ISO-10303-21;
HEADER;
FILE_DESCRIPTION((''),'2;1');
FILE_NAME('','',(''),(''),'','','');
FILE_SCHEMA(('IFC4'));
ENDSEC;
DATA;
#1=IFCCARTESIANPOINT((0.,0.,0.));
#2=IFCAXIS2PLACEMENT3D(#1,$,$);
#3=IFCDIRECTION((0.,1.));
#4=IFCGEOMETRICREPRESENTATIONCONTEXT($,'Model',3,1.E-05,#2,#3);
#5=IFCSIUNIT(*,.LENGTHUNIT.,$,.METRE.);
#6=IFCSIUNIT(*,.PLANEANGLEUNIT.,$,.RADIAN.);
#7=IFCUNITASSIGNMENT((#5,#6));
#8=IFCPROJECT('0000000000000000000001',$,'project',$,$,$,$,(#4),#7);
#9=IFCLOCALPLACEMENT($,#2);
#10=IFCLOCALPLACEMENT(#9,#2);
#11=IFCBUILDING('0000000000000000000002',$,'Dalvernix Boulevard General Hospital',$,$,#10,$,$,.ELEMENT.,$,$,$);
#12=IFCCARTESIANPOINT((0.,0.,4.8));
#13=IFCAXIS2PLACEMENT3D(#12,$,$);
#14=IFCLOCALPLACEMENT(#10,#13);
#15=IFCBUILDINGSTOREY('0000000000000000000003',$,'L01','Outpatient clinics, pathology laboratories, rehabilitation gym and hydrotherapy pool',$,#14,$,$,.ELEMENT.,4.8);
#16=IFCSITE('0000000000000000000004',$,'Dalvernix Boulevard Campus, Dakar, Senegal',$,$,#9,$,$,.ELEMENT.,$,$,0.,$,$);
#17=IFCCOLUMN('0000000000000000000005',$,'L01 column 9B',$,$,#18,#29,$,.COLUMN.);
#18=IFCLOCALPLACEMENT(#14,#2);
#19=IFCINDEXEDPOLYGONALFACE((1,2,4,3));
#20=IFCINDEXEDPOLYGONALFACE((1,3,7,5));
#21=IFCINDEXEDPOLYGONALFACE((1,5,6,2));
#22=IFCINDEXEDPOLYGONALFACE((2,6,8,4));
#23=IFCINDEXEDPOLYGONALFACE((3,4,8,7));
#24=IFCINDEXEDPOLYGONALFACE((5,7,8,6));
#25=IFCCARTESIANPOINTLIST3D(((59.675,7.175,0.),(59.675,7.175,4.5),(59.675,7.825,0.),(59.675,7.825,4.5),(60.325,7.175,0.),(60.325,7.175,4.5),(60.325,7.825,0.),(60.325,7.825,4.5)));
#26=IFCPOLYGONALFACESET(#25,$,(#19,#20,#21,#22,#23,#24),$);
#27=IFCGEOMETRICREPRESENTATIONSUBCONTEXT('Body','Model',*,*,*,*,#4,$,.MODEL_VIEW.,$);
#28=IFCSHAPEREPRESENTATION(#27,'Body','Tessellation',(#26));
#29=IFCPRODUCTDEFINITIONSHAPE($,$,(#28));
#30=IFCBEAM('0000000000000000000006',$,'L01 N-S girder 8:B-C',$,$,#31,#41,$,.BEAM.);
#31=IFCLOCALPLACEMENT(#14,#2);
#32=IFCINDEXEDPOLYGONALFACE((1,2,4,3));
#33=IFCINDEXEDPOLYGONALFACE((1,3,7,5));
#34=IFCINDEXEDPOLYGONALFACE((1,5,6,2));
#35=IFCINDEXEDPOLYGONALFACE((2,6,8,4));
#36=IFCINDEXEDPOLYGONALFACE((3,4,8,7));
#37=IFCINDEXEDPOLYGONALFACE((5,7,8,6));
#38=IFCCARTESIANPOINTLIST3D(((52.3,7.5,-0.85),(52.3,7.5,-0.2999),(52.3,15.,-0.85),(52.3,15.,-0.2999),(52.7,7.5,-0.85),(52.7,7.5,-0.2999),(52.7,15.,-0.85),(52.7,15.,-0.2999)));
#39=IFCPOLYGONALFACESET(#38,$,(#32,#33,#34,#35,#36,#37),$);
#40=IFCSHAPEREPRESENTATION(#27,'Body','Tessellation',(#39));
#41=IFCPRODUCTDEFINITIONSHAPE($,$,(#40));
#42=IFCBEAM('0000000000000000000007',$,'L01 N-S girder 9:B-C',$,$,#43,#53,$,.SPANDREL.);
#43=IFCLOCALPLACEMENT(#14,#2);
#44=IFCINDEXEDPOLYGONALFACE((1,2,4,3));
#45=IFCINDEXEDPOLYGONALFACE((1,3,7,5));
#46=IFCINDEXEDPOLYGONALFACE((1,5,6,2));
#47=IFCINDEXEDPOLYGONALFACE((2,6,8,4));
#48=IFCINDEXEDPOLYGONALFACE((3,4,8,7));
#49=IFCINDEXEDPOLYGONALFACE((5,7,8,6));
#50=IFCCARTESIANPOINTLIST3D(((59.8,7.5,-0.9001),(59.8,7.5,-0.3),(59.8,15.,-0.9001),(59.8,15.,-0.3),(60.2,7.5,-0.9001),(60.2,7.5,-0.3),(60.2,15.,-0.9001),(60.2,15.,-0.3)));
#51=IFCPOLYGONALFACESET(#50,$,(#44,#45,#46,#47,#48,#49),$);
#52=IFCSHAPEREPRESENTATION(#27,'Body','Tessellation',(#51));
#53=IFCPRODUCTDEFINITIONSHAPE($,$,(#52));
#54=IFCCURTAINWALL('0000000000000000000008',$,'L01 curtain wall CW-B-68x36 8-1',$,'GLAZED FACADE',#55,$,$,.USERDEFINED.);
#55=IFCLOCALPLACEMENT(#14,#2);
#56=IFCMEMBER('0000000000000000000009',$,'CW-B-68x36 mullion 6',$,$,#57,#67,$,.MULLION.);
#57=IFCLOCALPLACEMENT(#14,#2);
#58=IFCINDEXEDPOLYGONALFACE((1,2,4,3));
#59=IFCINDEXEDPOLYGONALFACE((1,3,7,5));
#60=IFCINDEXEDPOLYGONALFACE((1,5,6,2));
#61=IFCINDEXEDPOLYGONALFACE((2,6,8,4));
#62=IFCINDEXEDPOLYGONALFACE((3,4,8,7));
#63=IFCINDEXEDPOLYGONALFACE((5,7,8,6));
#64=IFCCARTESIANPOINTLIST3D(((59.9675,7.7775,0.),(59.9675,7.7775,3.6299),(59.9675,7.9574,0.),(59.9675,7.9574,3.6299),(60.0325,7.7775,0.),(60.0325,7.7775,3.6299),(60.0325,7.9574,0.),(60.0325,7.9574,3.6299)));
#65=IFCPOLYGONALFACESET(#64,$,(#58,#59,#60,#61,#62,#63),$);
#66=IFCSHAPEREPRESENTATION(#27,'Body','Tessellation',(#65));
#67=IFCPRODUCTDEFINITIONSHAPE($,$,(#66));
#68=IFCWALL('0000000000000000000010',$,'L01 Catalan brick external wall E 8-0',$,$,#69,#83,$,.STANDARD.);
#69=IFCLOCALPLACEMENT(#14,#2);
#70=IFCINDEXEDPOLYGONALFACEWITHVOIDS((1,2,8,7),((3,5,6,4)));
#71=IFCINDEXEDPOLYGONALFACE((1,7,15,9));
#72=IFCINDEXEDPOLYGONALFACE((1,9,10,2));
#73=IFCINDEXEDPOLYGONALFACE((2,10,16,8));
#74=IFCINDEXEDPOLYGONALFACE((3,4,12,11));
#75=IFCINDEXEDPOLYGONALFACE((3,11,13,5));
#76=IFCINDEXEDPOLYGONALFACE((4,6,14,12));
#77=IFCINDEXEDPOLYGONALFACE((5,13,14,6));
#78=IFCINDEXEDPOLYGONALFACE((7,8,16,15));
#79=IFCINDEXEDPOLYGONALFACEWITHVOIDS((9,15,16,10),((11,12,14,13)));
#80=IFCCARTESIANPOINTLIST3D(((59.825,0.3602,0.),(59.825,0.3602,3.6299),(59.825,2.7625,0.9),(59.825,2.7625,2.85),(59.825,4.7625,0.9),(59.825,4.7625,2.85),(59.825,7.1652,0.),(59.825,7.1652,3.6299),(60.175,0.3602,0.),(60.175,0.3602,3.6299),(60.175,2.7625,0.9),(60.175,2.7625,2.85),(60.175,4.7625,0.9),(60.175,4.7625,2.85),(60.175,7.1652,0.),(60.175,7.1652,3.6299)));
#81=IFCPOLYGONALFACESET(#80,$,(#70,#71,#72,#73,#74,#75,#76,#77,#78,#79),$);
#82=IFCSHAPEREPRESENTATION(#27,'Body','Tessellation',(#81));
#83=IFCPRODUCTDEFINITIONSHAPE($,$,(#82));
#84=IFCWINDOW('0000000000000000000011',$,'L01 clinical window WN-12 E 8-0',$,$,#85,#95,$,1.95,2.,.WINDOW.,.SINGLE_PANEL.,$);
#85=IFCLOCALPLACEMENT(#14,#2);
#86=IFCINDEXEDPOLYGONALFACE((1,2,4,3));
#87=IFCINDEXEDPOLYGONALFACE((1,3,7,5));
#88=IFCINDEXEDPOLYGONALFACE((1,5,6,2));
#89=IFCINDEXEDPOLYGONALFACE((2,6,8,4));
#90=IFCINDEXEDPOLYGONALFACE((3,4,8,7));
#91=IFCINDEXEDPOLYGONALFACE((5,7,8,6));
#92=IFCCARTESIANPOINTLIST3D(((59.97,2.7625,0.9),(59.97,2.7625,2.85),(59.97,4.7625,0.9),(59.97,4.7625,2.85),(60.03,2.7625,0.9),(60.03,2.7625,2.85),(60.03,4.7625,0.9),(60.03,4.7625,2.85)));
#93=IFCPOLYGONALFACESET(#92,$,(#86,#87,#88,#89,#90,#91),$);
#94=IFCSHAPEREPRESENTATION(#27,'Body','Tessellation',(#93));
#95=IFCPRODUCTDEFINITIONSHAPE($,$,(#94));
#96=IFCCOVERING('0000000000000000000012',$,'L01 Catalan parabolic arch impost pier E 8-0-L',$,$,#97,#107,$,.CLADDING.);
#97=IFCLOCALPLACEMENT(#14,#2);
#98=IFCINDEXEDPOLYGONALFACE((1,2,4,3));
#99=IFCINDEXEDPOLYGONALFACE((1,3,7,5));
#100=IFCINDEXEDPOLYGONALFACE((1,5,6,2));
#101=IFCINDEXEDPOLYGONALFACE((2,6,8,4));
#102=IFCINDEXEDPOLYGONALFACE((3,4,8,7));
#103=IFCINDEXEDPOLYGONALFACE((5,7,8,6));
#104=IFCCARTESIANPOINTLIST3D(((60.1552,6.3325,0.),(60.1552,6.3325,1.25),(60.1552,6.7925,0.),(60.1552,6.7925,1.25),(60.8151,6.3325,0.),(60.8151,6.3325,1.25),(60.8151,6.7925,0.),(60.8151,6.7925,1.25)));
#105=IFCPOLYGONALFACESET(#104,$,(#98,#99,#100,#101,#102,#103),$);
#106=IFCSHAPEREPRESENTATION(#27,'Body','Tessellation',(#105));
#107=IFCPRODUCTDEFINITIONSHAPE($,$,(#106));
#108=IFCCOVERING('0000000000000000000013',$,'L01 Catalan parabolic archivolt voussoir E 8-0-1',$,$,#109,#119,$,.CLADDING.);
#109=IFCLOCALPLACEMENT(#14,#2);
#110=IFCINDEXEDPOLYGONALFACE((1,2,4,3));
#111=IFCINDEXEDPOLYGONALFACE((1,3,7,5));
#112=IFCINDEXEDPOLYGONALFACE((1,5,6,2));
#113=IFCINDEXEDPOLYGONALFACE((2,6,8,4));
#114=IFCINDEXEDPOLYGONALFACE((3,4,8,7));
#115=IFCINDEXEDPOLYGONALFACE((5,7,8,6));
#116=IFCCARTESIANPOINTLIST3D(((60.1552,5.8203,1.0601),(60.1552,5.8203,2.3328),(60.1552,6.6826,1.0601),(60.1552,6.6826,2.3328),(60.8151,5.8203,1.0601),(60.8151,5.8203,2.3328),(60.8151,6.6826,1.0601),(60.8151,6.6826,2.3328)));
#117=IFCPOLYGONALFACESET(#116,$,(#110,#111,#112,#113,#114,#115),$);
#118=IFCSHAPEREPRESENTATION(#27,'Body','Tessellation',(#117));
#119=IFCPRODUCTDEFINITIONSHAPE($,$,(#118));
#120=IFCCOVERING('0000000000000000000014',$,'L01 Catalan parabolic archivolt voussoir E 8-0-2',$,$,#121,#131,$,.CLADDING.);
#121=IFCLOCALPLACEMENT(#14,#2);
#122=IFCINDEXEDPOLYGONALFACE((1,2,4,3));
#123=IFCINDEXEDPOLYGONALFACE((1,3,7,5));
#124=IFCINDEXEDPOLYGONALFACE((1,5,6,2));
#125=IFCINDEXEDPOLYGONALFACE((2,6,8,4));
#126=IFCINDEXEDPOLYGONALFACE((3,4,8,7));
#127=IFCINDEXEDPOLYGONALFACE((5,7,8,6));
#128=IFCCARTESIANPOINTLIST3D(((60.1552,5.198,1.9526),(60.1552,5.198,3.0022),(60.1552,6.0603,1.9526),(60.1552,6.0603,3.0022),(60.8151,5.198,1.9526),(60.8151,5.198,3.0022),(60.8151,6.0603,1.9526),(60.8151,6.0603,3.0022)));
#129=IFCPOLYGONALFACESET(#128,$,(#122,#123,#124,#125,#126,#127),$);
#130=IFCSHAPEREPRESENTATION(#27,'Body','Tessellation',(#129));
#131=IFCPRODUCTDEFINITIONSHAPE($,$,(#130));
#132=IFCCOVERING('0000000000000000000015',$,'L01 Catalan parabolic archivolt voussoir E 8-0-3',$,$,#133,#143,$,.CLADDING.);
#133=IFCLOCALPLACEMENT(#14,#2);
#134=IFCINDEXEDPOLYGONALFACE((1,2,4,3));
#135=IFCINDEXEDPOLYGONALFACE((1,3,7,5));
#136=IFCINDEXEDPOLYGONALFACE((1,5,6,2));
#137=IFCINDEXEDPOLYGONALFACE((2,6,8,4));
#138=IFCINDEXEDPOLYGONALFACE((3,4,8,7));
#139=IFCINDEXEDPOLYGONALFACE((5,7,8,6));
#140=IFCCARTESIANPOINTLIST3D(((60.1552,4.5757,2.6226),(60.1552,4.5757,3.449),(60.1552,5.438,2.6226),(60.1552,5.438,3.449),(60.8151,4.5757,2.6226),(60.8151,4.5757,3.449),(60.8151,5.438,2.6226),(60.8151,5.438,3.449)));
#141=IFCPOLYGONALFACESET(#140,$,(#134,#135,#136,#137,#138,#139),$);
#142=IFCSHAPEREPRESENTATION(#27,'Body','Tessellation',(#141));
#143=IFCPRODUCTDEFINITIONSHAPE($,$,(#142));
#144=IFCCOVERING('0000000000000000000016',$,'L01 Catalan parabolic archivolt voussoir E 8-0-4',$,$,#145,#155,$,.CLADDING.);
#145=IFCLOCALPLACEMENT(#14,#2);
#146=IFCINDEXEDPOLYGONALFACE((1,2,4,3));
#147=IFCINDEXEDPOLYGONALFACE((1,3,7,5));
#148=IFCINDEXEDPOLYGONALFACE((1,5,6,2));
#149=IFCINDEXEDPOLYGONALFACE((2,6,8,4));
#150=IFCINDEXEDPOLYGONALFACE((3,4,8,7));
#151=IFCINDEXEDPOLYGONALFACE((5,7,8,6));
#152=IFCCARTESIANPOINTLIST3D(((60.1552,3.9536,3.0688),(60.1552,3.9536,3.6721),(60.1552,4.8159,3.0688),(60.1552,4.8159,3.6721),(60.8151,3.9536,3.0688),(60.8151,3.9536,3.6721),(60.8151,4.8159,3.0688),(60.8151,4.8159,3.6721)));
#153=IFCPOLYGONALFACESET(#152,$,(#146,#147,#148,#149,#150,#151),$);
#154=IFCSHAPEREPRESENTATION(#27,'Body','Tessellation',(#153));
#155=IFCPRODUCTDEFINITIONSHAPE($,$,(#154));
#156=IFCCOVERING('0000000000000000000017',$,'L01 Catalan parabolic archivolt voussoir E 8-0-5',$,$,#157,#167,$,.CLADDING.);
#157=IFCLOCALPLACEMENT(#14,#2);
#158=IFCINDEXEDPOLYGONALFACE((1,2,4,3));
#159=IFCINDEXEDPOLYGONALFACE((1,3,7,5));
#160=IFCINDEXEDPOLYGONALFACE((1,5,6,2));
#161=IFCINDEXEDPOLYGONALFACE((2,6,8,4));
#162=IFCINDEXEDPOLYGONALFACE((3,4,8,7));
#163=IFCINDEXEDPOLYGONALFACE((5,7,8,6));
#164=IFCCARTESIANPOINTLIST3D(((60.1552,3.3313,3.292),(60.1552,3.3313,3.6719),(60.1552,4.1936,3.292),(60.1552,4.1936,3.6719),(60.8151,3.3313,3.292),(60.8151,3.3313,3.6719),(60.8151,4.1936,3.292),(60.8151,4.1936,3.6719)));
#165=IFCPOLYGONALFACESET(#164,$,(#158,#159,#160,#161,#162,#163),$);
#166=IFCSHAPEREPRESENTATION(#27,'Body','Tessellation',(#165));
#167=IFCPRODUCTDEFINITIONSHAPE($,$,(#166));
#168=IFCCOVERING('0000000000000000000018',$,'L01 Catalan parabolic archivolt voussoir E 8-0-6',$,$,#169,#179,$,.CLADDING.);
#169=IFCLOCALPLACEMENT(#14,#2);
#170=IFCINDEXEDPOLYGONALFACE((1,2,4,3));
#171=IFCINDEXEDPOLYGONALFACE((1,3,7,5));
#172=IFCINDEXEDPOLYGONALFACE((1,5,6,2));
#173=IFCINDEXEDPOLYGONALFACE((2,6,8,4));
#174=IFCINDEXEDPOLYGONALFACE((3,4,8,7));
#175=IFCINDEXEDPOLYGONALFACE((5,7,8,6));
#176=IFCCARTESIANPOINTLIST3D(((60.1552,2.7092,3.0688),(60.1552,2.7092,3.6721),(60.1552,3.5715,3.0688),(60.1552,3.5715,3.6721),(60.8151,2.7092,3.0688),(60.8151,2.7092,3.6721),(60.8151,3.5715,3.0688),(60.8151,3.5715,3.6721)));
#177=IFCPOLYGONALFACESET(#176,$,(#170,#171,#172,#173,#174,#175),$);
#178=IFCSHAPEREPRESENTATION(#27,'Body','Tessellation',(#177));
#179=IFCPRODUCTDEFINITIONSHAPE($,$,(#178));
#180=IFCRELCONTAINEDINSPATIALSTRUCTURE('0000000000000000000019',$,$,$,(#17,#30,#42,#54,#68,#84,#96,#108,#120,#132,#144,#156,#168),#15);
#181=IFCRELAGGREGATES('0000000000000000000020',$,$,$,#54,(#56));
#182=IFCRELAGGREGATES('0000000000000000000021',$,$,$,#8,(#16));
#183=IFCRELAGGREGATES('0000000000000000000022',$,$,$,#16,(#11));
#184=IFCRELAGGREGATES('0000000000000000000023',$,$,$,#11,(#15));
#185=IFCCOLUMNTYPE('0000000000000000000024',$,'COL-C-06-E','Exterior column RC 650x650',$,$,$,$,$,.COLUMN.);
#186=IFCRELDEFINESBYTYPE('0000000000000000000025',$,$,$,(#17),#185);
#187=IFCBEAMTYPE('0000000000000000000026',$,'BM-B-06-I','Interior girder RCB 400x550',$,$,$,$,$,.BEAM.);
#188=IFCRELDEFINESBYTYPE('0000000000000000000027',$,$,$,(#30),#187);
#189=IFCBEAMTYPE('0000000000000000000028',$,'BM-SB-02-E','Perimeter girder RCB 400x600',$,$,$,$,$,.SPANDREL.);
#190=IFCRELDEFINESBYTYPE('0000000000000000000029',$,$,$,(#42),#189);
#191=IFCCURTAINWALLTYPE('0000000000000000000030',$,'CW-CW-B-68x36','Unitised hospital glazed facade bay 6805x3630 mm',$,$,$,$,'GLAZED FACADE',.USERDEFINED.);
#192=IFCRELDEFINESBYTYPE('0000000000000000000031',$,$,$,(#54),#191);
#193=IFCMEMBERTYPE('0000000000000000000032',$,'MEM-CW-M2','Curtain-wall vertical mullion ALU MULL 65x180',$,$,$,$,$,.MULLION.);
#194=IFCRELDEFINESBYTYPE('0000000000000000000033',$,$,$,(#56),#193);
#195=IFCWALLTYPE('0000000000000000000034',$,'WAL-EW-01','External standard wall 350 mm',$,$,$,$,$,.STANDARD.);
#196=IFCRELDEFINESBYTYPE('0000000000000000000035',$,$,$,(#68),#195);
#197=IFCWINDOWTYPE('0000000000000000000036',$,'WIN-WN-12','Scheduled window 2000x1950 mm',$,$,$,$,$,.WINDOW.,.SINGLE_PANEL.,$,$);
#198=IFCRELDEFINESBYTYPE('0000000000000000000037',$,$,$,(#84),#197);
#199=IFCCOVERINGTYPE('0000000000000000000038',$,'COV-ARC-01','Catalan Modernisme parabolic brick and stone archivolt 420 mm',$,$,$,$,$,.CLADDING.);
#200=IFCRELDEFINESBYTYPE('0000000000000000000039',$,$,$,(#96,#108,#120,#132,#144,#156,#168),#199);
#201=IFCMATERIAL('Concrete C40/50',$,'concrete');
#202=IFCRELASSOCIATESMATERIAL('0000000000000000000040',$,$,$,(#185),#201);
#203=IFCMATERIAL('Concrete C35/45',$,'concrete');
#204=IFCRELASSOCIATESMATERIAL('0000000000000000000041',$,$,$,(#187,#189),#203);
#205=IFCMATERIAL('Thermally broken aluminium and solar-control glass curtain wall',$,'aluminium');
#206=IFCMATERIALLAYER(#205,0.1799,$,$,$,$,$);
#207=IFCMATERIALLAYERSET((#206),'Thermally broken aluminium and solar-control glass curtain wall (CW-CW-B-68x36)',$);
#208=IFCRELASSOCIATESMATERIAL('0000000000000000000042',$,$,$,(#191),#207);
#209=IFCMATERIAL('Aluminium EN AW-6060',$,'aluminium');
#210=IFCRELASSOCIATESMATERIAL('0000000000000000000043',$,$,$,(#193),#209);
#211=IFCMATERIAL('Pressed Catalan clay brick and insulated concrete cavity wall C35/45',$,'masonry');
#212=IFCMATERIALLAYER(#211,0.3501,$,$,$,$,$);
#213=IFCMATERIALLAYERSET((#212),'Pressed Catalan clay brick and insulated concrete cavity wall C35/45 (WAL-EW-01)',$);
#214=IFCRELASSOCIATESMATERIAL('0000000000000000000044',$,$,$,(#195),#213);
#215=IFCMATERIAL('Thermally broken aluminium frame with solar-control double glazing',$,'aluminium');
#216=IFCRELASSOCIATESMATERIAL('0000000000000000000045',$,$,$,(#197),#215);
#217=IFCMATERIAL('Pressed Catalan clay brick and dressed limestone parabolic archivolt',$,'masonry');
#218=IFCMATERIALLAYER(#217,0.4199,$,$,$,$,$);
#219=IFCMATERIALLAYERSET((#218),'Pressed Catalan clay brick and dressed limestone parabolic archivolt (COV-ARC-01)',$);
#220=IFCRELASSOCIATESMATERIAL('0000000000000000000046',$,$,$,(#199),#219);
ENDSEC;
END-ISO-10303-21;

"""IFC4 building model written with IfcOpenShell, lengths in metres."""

from ifc_helpers import new_model, si_unit, direction, frame, frame_2d, origin, origin_2d, place, context, subcontext, project, spatial, rectangle, extrude, material, layer, layer_set, material_profile, profile_set, type_object, element, fill, aggregate, save


model = new_model("IFC4")

# Units and contexts
model_context = context("Model", 3, precision=1e-05, world=origin(), true_north=direction((0.0, 1.0)))
body_context = subcontext(model_context, "Body", "Model", "MODEL_VIEW")
ifc_project = project(units=[si_unit("LENGTHUNIT", "METRE"), si_unit("PLANEANGLEUNIT", "RADIAN")], contexts=[model_context])

# Site, building, storey
site_placement = place(None, origin())
site = spatial("IfcSite", under=ifc_project, at=site_placement, Name="Dalvernix Boulevard Campus, Dakar, Senegal", CompositionType="ELEMENT", RefElevation=0.0)
building_placement = place(site_placement, origin())
building = spatial("IfcBuilding", under=site, at=building_placement, Name="Dalvernix Boulevard General Hospital", CompositionType="ELEMENT")
storey_placement = place(building_placement, frame((0.0, 0.0, 4.8)))
storey = spatial("IfcBuildingStorey", under=building, at=storey_placement, Name="L01", Description="Outpatient clinics, pathology laboratories, rehabilitation gym and hydrotherapy pool", CompositionType="ELEMENT", Elevation=4.8)

# Column
ifc_material_1 = material(Name="Concrete C40/50", Category="concrete")
ifc_material_profile_1 = material_profile(ifc_material_1, rectangle(XDim=0.6499, YDim=0.6499, at=origin_2d()), Name="RC 650x650")
ifc_profile_set_1 = profile_set([ifc_material_profile_1], Name="Concrete C40/50")
column_type = type_object("IfcColumnType", Name="COL-C-06-E", Description="Exterior column RC 650x650", PredefinedType="COLUMN", material=ifc_profile_set_1)
column_placement = place(storey_placement, frame((60.0, 7.5, 0.0), z_axis=(0.0, 0.0, 1.0), x_axis=(1.0, 0.0, 0.0)))
element("IfcColumn", 1, at=column_placement, inside=storey, type_object=column_type, Name="L01 column 9B", PredefinedType="COLUMN", context=body_context, shape_type="SweptSolid", body=[
    extrude(rectangle(XDim=0.6499, YDim=0.6499, at=origin_2d()), origin(), (0.0, 0.0, 1.0), 4.5),
])

# Beams
ifc_material_2 = material(Name="Concrete C35/45", Category="concrete")
ifc_material_profile_2 = material_profile(ifc_material_2, rectangle(XDim=0.3999, YDim=0.55, at=origin_2d()), Name="RCB 400x550")
ifc_profile_set_2 = profile_set([ifc_material_profile_2], Name="Concrete C35/45")
beam_type_1 = type_object("IfcBeamType", Name="BM-B-06-I", Description="Interior girder RCB 400x550", PredefinedType="BEAM", material=ifc_profile_set_2)
beam_1_placement = place(storey_placement, frame((52.5, 7.5, -0.575), z_axis=(0.0, 1.0, 0.0), x_axis=(-1.0, 0.0, 0.0)))
element("IfcBeam", 2, at=beam_1_placement, inside=storey, type_object=beam_type_1, Name="L01 N-S girder 8:B-C", PredefinedType="BEAM", context=body_context, shape_type="SweptSolid", body=[
    extrude(rectangle(XDim=0.3999, YDim=0.55, at=origin_2d()), origin(), (0.0, 0.0, 1.0), 7.5),
])
ifc_material_profile_3 = material_profile(ifc_material_2, rectangle(XDim=0.3999, YDim=0.6001, at=origin_2d()), Name="RCB 400x600")
ifc_profile_set_3 = profile_set([ifc_material_profile_3], Name="Concrete C35/45")
beam_type_2 = type_object("IfcBeamType", Name="BM-SB-02-E", Description="Perimeter girder RCB 400x600", PredefinedType="SPANDREL", material=ifc_profile_set_3)
beam_2_placement = place(storey_placement, frame((60.0, 7.5, -0.6001), z_axis=(0.0, 1.0, 0.0), x_axis=(-1.0, 0.0, 0.0)))
element("IfcBeam", 3, at=beam_2_placement, inside=storey, type_object=beam_type_2, Name="L01 N-S girder 9:B-C", PredefinedType="SPANDREL", context=body_context, shape_type="SweptSolid", body=[
    extrude(rectangle(XDim=0.3999, YDim=0.6001, at=origin_2d()), origin(), (0.0, 0.0, 1.0), 7.5),
])

# Curtain wall, member
ifc_material_3 = material(Name="Thermally broken aluminium and solar-control glass curtain wall", Category="aluminium")
ifc_layer_1 = layer(ifc_material_3, 0.1799)
ifc_layer_set_1 = layer_set([ifc_layer_1], Name="Thermally broken aluminium and solar-control glass curtain wall (CW-CW-B-68x36)")
curtain_wall_type = type_object("IfcCurtainWallType", Name="CW-CW-B-68x36", Description="Unitised hospital glazed facade bay 6805x3630 mm", ElementType="GLAZED FACADE", PredefinedType="USERDEFINED", material=ifc_layer_set_1)
curtain_wall_placement = place(storey_placement, origin())
curtain_wall = element("IfcCurtainWall", 4, at=curtain_wall_placement, inside=storey, type_object=curtain_wall_type, Name="L01 curtain wall CW-B-68x36 8-1", ObjectType="GLAZED FACADE", PredefinedType="USERDEFINED")
ifc_material_4 = material(Name="Aluminium EN AW-6060", Category="aluminium")
ifc_material_profile_4 = material_profile(ifc_material_4, rectangle(XDim=0.0649, YDim=0.1799, at=origin_2d()), Name="ALU MULL 65x180")
ifc_profile_set_4 = profile_set([ifc_material_profile_4], Name="Aluminium EN AW-6060")
member_type = type_object("IfcMemberType", Name="MEM-CW-M2", Description="Curtain-wall vertical mullion ALU MULL 65x180", PredefinedType="MULLION", material=ifc_profile_set_4)
member_placement = place(storey_placement, frame((60.0, 7.8674, 0.0), z_axis=(0.0, 0.0, 1.0), x_axis=(1.0, 0.0, 0.0)))
member = element("IfcMember", 5, at=member_placement, type_object=member_type, Name="CW-B-68x36 mullion 6", PredefinedType="MULLION", context=body_context, shape_type="SweptSolid", body=[
    extrude(rectangle(XDim=0.0649, YDim=0.1799, at=origin_2d()), origin(), (0.0, 0.0, 1.0), 3.6299),
])
aggregate(curtain_wall, [member])

# Wall, opening, window
ifc_material_5 = material(Name="Pressed Catalan clay brick and insulated concrete cavity wall C35/45", Category="masonry")
ifc_layer_2 = layer(ifc_material_5, 0.3501)
ifc_layer_set_2 = layer_set([ifc_layer_2], Name="Pressed Catalan clay brick and insulated concrete cavity wall C35/45 (WAL-EW-01)")
wall_type = type_object("IfcWallType", Name="WAL-EW-01", Description="External standard wall 350 mm", PredefinedType="STANDARD", material=ifc_layer_set_2)
wall_placement = place(storey_placement, frame((60.0, 7.165, 0.0), z_axis=(0.0, 0.0, 1.0), x_axis=(0.0, -1.0, 0.0)))
wall = element("IfcWall", 6, at=wall_placement, inside=storey, type_object=wall_type, Name="L01 Catalan brick external wall E 8-0", PredefinedType="STANDARD", context=body_context, shape_type="SweptSolid", body=[
    extrude(rectangle(XDim=6.8049, YDim=0.3501, at=frame_2d((3.4023, 0.0))), origin(), (0.0, 0.0, 1.0), 3.6299),
])
opening_placement = place(wall_placement, frame((2.4026, 0.0, 0.8999)))
opening = element("IfcOpeningElement", 7, at=opening_placement, cuts=wall, PredefinedType="OPENING", context=body_context, shape_type="SweptSolid", body=[
    extrude(rectangle(XDim=2.0, YDim=1.95, at=frame_2d((1.0, 0.9751))), frame((0.0, 0.1851, 0.0), z_axis=(0.0, -1.0, 0.0), x_axis=(1.0, 0.0, 0.0)), (0.0, 0.0, 1.0), 0.3701),
])
ifc_material_6 = material(Name="Thermally broken aluminium frame with solar-control double glazing", Category="aluminium")
window_type = type_object("IfcWindowType", Name="WIN-WN-12", Description="Scheduled window 2000x1950 mm", PartitioningType="SINGLE_PANEL", PredefinedType="WINDOW", material=ifc_material_6)
window_placement = place(opening_placement, origin())
window = element("IfcWindow", 8, at=window_placement, inside=storey, type_object=window_type, Name="L01 clinical window WN-12 E 8-0", OverallHeight=1.95, OverallWidth=2.0, PartitioningType="SINGLE_PANEL", PredefinedType="WINDOW", context=body_context, shape_type="SweptSolid", body=[
    extrude(rectangle(XDim=2.0, YDim=1.95, at=frame_2d((1.0, 0.9751))), frame((0.0, 0.03, 0.0), z_axis=(0.0, -1.0, 0.0), x_axis=(1.0, 0.0, 0.0)), (0.0, 0.0, 1.0), 0.0601),
])
fill(opening, window)

# Coverings
ifc_material_7 = material(Name="Pressed Catalan clay brick and dressed limestone parabolic archivolt", Category="masonry")
ifc_layer_3 = layer(ifc_material_7, 0.4199)
ifc_layer_set_3 = layer_set([ifc_layer_3], Name="Pressed Catalan clay brick and dressed limestone parabolic archivolt (COV-ARC-01)")
covering_type_1 = type_object("IfcCoveringType", Name="COV-ARC-01", Description="Catalan Modernisme parabolic brick and stone archivolt 420 mm", PredefinedType="CLADDING", material=ifc_layer_set_3)
covering_1_placement = place(storey_placement, frame((60.4851, 6.5625, 0.0), z_axis=(0.0, 0.0, 1.0), x_axis=(0.0, -1.0, 0.0)))
element("IfcCovering", 9, at=covering_1_placement, inside=storey, type_object=covering_type_1, Name="L01 Catalan parabolic arch impost pier E 8-0-L", PredefinedType="CLADDING", context=body_context, shape_type="SweptSolid", body=[
    extrude(rectangle(XDim=0.46, YDim=0.6599, at=origin_2d()), origin(), (0.0, 0.0, 1.0), 1.25),
])
covering_2_placement = place(storey_placement, frame((60.4851, 6.2515, 1.0601), z_axis=(0.0, 0.0, 1.0), x_axis=(0.0, -1.0, 0.0)))
element("IfcCovering", 10, at=covering_2_placement, inside=storey, type_object=covering_type_1, Name="L01 Catalan parabolic archivolt voussoir E 8-0-1", PredefinedType="CLADDING", context=body_context, shape_type="SweptSolid", body=[
    extrude(rectangle(XDim=0.8623, YDim=0.6599, at=origin_2d()), origin(), (0.0, 0.0, 1.0), 1.2727),
])
covering_3_placement = place(storey_placement, frame((60.4851, 5.6292, 1.9526), z_axis=(0.0, 0.0, 1.0), x_axis=(0.0, -1.0, 0.0)))
element("IfcCovering", 11, at=covering_3_placement, inside=storey, type_object=covering_type_1, Name="L01 Catalan parabolic archivolt voussoir E 8-0-2", PredefinedType="CLADDING", context=body_context, shape_type="SweptSolid", body=[
    extrude(rectangle(XDim=0.8623, YDim=0.6599, at=origin_2d()), origin(), (0.0, 0.0, 1.0), 1.0496),
])
covering_4_placement = place(storey_placement, frame((60.4851, 5.0068, 2.6226), z_axis=(0.0, 0.0, 1.0), x_axis=(0.0, -1.0, 0.0)))
element("IfcCovering", 12, at=covering_4_placement, inside=storey, type_object=covering_type_1, Name="L01 Catalan parabolic archivolt voussoir E 8-0-3", PredefinedType="CLADDING", context=body_context, shape_type="SweptSolid", body=[
    extrude(rectangle(XDim=0.8623, YDim=0.6599, at=origin_2d()), origin(), (0.0, 0.0, 1.0), 0.8264),
])
covering_5_placement = place(storey_placement, frame((60.4851, 4.3848, 3.0688), z_axis=(0.0, 0.0, 1.0), x_axis=(0.0, -1.0, 0.0)))
element("IfcCovering", 13, at=covering_5_placement, inside=storey, type_object=covering_type_1, Name="L01 Catalan parabolic archivolt voussoir E 8-0-4", PredefinedType="CLADDING", context=body_context, shape_type="SweptSolid", body=[
    extrude(rectangle(XDim=0.8623, YDim=0.6599, at=origin_2d()), origin(), (0.0, 0.0, 1.0), 0.6033),
])
covering_6_placement = place(storey_placement, frame((60.4851, 3.7625, 3.292), z_axis=(0.0, 0.0, 1.0), x_axis=(0.0, -1.0, 0.0)))
element("IfcCovering", 14, at=covering_6_placement, inside=storey, type_object=covering_type_1, Name="L01 Catalan parabolic archivolt voussoir E 8-0-5", PredefinedType="CLADDING", context=body_context, shape_type="SweptSolid", body=[
    extrude(rectangle(XDim=0.8623, YDim=0.6599, at=origin_2d()), origin(), (0.0, 0.0, 1.0), 0.3799),
])
covering_7_placement = place(storey_placement, frame((60.4851, 3.1404, 3.0688), z_axis=(0.0, 0.0, 1.0), x_axis=(0.0, -1.0, 0.0)))
element("IfcCovering", 15, at=covering_7_placement, inside=storey, type_object=covering_type_1, Name="L01 Catalan parabolic archivolt voussoir E 8-0-6", PredefinedType="CLADDING", context=body_context, shape_type="SweptSolid", body=[
    extrude(rectangle(XDim=0.8623, YDim=0.6599, at=origin_2d()), origin(), (0.0, 0.0, 1.0), 0.6033),
])

save(model, "model.ifc")
